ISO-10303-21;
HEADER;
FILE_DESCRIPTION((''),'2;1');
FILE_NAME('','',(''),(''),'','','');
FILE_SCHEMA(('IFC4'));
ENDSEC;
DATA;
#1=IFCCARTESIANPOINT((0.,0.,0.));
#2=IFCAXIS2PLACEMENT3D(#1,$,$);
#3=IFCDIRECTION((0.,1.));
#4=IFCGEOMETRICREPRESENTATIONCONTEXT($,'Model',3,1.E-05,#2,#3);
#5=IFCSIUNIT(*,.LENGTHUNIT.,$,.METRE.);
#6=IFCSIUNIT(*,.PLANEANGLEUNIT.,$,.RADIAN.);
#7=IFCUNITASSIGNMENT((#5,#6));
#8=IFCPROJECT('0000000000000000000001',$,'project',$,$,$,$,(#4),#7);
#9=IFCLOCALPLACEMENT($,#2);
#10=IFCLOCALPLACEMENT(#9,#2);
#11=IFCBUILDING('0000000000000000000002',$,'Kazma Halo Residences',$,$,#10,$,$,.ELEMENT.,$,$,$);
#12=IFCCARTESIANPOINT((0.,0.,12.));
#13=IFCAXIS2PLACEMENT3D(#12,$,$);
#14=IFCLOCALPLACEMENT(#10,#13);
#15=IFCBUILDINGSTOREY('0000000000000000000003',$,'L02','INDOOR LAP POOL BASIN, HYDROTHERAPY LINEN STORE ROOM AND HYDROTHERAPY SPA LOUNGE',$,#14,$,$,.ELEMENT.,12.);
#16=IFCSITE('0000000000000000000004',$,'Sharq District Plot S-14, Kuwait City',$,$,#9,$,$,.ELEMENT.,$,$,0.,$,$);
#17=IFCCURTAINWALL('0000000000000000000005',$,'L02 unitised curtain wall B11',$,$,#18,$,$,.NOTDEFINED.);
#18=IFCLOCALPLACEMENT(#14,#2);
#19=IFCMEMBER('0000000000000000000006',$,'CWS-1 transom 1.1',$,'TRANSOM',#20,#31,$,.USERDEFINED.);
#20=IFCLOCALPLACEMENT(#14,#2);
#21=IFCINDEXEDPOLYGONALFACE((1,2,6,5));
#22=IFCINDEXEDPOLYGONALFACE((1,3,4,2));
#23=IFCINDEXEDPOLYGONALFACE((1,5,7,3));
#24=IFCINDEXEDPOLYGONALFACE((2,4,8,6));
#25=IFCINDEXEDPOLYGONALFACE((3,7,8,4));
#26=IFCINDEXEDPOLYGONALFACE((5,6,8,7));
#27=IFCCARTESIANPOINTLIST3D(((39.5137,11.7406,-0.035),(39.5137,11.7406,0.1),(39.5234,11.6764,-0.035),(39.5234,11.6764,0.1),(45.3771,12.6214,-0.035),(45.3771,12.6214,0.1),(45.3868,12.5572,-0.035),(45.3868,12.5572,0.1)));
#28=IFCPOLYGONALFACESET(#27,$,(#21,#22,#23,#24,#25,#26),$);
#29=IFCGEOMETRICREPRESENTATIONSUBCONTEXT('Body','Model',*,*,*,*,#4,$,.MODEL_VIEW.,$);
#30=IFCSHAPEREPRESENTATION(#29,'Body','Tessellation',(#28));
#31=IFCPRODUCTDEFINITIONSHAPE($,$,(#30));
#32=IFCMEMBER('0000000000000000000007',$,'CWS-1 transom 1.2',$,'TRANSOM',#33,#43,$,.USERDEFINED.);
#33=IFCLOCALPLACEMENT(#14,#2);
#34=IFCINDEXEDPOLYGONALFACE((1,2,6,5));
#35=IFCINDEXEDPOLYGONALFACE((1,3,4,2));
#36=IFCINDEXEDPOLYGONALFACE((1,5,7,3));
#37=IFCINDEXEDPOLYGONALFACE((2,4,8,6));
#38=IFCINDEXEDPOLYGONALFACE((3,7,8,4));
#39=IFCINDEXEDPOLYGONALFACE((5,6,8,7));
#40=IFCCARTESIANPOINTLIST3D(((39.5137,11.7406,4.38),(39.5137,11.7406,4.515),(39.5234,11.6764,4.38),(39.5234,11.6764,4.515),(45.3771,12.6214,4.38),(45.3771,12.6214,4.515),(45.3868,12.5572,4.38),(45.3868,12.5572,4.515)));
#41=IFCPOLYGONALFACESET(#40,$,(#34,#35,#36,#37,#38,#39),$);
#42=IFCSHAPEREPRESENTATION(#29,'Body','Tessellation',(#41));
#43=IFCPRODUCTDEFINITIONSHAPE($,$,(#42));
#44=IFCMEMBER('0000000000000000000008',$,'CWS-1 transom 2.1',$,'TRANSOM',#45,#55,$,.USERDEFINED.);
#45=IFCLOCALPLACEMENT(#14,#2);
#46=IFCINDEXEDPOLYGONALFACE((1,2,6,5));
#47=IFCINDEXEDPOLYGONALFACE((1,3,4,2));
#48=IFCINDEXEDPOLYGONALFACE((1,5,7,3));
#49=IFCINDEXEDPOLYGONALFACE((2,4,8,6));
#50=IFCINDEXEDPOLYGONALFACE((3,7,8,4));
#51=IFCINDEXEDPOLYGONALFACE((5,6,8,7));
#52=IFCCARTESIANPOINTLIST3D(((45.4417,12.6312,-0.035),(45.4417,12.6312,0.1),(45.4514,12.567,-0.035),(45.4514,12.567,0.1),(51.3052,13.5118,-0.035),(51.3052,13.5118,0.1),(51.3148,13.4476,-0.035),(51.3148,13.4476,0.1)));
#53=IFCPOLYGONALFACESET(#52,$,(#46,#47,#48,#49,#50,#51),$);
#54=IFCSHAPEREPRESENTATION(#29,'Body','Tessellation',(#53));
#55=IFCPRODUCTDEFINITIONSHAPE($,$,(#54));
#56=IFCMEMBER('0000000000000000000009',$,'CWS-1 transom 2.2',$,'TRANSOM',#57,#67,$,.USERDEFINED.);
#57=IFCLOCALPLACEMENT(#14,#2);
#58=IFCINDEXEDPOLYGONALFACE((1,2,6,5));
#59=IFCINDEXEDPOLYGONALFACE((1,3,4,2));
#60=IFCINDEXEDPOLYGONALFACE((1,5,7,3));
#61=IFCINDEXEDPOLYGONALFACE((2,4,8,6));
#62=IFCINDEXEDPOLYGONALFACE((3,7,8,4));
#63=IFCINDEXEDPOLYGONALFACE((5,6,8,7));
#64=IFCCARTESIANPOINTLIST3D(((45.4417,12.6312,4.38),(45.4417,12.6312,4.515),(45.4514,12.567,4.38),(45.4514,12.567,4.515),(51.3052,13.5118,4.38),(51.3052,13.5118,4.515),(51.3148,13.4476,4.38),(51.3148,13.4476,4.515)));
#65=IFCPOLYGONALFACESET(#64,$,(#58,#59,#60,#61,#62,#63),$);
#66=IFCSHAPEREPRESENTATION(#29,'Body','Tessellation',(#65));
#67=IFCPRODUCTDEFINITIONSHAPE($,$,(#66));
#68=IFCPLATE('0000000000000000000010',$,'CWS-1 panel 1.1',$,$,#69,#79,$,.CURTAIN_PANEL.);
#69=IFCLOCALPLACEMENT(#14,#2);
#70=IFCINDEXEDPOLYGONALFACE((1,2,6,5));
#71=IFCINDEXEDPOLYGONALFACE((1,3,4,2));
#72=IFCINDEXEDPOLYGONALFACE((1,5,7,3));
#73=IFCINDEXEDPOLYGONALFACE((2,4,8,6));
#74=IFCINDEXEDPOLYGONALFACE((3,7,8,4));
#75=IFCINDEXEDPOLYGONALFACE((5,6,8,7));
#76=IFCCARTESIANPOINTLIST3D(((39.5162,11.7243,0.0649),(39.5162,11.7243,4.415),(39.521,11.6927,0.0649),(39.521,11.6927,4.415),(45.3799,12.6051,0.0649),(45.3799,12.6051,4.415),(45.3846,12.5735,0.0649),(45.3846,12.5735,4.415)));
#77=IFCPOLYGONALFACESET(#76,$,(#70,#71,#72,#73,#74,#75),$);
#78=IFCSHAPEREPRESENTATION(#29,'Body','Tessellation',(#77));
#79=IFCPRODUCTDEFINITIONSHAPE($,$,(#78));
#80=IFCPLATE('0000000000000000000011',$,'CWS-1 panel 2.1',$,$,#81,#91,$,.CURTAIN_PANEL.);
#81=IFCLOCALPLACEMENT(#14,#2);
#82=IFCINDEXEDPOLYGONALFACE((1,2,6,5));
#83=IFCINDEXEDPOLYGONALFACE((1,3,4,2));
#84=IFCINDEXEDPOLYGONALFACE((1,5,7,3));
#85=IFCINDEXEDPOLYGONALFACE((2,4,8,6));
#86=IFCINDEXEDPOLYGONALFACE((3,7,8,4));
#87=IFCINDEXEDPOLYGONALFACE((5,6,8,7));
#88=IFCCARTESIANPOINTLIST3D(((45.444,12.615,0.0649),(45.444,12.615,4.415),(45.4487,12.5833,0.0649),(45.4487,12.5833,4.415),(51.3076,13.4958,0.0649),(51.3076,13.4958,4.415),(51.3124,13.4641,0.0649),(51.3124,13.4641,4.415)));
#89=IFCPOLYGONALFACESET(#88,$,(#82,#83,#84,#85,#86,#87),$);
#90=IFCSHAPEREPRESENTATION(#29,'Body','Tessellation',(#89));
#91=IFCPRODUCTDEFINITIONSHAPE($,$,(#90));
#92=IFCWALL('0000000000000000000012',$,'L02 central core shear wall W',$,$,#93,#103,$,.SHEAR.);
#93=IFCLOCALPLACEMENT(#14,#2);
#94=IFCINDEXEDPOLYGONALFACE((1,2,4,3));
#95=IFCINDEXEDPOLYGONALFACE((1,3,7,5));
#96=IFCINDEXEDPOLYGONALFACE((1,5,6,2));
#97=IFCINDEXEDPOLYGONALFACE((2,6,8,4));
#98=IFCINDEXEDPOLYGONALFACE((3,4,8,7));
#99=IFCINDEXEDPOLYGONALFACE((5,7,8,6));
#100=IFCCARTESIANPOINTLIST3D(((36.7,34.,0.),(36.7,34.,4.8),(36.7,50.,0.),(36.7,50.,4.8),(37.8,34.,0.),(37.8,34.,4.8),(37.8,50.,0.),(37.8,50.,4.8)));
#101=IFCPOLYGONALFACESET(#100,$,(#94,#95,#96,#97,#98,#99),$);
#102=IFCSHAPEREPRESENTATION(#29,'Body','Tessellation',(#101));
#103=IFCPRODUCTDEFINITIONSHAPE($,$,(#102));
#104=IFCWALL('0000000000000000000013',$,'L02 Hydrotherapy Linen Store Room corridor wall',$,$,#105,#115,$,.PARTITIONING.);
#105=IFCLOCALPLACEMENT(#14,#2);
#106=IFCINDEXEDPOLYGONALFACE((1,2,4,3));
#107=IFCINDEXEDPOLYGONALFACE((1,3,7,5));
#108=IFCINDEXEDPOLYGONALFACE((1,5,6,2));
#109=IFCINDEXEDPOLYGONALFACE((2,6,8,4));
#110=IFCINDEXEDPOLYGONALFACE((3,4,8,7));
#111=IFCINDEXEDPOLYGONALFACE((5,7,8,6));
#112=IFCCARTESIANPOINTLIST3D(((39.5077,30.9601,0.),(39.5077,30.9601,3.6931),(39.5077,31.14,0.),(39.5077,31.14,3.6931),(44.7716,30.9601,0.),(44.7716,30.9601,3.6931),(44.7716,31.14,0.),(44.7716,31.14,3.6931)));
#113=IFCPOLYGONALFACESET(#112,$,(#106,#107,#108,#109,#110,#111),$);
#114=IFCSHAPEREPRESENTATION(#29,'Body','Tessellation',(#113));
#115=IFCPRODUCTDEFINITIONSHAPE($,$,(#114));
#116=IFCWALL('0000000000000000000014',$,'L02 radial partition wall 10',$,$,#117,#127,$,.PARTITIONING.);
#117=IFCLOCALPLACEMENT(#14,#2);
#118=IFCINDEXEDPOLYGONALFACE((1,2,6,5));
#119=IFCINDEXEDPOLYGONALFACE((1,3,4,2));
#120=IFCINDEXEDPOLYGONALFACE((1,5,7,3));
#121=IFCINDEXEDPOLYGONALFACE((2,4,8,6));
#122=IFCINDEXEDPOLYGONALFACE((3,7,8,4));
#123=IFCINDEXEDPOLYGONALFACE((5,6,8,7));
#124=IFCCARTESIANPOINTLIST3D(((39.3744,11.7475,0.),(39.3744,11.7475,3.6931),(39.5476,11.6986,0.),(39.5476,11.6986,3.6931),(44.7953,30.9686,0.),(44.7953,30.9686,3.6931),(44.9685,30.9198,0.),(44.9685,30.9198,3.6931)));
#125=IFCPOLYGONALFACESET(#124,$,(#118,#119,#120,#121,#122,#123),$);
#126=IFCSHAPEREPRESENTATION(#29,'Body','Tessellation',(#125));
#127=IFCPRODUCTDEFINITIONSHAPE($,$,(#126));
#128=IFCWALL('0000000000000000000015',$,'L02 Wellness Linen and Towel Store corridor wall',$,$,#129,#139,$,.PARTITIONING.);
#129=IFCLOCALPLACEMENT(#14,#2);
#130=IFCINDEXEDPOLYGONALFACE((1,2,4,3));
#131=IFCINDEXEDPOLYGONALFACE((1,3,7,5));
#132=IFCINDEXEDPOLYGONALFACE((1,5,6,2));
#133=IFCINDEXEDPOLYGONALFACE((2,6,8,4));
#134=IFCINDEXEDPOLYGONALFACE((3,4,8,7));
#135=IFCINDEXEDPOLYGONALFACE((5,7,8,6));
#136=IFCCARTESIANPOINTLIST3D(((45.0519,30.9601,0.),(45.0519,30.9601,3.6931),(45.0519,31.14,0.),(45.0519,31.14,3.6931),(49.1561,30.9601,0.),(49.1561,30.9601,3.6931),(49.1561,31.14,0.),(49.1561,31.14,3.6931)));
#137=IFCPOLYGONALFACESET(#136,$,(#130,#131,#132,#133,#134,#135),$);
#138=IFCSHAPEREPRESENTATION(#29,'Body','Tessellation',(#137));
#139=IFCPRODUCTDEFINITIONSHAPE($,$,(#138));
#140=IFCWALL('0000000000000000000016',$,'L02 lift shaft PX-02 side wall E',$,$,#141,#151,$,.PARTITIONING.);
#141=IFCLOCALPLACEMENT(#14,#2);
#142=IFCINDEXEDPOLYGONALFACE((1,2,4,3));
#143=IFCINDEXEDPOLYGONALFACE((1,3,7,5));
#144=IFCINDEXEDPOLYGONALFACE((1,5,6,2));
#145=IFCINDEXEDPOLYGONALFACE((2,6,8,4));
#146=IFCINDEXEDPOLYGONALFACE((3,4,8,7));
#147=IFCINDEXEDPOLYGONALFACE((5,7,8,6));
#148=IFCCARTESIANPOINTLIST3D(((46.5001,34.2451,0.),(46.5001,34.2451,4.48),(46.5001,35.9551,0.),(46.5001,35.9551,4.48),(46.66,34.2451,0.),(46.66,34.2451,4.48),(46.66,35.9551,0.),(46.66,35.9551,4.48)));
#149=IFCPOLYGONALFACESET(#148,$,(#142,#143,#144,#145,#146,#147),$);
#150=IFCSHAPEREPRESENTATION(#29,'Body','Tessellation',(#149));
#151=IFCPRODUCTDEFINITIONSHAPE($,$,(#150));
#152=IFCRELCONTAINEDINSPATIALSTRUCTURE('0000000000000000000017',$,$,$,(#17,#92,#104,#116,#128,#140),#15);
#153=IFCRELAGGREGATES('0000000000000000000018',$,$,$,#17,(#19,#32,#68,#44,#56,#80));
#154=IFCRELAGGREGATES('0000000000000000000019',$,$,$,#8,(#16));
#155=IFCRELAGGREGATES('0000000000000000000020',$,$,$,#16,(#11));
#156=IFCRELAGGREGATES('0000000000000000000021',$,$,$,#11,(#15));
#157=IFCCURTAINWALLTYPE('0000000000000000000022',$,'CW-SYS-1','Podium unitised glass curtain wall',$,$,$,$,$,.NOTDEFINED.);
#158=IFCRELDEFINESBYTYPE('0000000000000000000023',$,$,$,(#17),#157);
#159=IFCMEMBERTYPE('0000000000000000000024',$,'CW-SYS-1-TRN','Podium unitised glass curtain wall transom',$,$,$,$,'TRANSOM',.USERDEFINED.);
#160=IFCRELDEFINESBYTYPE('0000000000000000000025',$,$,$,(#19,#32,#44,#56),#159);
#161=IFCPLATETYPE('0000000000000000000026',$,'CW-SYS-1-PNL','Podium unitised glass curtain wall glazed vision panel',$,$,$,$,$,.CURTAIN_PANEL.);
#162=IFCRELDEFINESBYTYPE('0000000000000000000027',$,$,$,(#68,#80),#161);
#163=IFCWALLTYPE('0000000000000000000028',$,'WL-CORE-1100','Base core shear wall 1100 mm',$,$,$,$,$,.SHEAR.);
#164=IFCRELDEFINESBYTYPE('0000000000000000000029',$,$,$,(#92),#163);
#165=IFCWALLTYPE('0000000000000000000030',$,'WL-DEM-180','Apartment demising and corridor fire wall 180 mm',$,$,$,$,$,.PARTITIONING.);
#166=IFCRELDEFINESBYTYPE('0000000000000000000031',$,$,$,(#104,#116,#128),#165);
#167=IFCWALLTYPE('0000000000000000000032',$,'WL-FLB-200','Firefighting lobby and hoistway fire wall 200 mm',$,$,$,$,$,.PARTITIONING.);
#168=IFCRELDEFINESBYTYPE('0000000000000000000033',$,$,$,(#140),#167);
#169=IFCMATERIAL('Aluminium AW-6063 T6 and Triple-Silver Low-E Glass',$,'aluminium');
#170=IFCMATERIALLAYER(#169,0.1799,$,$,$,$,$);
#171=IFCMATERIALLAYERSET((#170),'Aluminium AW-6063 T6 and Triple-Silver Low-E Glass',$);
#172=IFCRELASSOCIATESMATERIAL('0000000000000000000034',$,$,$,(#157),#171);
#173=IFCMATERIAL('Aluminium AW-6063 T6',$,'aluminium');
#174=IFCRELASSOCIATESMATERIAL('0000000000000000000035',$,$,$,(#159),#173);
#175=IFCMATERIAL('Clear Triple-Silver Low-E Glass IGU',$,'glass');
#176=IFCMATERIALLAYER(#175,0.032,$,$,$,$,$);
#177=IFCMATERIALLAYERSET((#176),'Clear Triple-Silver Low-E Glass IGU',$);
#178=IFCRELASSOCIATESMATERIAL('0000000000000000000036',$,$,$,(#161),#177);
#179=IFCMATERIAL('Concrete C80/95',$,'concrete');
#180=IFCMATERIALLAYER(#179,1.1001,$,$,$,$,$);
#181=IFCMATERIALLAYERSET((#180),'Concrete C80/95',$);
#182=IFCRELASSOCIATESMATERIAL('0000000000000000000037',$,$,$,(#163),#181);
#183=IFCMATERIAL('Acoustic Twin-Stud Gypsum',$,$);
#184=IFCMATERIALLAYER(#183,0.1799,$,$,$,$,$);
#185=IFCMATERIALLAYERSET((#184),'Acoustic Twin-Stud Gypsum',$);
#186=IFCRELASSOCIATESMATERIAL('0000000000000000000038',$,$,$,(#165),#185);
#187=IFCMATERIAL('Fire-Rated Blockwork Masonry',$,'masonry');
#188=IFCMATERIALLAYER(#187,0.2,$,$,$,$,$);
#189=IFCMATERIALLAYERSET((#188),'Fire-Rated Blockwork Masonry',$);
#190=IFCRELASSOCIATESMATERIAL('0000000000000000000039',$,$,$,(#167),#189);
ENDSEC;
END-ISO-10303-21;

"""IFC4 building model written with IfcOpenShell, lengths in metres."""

from ifc_helpers import new_model, si_unit, direction, frame, frame_2d, origin, origin_2d, place, context, subcontext, project, spatial, rectangle, extrude, material, layer, layer_set, material_profile, profile_set, type_object, element, aggregate, save


model = new_model("IFC4")

# Units and contexts
model_context = context("Model", 3, precision=1e-05, world=origin(), true_north=direction((0.0, 1.0)))
body_context = subcontext(model_context, "Body", "Model", "MODEL_VIEW")
ifc_project = project(units=[si_unit("LENGTHUNIT", "METRE"), si_unit("PLANEANGLEUNIT", "RADIAN")], contexts=[model_context])

# Site, building, storey
site_placement = place(None, origin())
site = spatial("IfcSite", under=ifc_project, at=site_placement, Name="Sharq District Plot S-14, Kuwait City", CompositionType="ELEMENT", RefElevation=0.0)
building_placement = place(site_placement, origin())
building = spatial("IfcBuilding", under=site, at=building_placement, Name="Kazma Halo Residences", CompositionType="ELEMENT")
storey_placement = place(building_placement, frame((0.0, 0.0, 12.0)))
storey = spatial("IfcBuildingStorey", under=building, at=storey_placement, Name="L02", Description="INDOOR LAP POOL BASIN, HYDROTHERAPY LINEN STORE ROOM AND HYDROTHERAPY SPA LOUNGE", CompositionType="ELEMENT", Elevation=12.0)

# Shared definitions
ifc_material_1 = material(Name="Concrete C80/95", Category="concrete")

# Shared definitions
ifc_material_2 = material(Name="Aluminium AW-6063 T6 and Triple-Silver Low-E Glass", Category="aluminium")
ifc_layer_1 = layer(ifc_material_2, 0.1799)
ifc_layer_set_1 = layer_set([ifc_layer_1], Name="Aluminium AW-6063 T6 and Triple-Silver Low-E Glass")
curtain_wall_type = type_object("IfcCurtainWallType", Name="CW-SYS-1", Description="Podium unitised glass curtain wall", PredefinedType="NOTDEFINED", material=ifc_layer_set_1)
ifc_material_3 = material(Name="Aluminium AW-6063 T6", Category="aluminium")

# Curtain wall, members, plates
curtain_wall_1_placement = place(storey_placement, origin())
curtain_wall_1 = element("IfcCurtainWall", 1, at=curtain_wall_1_placement, inside=storey, type_object=curtain_wall_type, Name="L02 unitised curtain wall B11", PredefinedType="NOTDEFINED")
ifc_material_profile_1 = material_profile(ifc_material_3, rectangle(XDim=0.0649, YDim=0.135, at=origin_2d()), Name="CWT-65x135")
ifc_profile_set_1 = profile_set([ifc_material_profile_1], Name="Aluminium AW-6063 T6")
member_type_1 = type_object("IfcMemberType", Name="CW-SYS-1-TRN", Description="Podium unitised glass curtain wall transom", ElementType="TRANSOM", PredefinedType="USERDEFINED", material=ifc_profile_set_1)
member_1_placement = place(storey_placement, frame((39.5186, 11.7085, 0.0325), z_axis=(0.988903, 0.14856, 0.0), x_axis=(-0.14856, 0.988903, 0.0)))
member_1 = element("IfcMember", 2, at=member_1_placement, type_object=member_type_1, Name="CWS-1 transom 1.1", ObjectType="TRANSOM", PredefinedType="USERDEFINED", context=body_context, shape_type="SweptSolid", body=[
    extrude(rectangle(XDim=0.0649, YDim=0.135, at=origin_2d()), origin(), (0.0, 0.0, 1.0), 5.9292),
])
member_2_placement = place(storey_placement, frame((39.5186, 11.7085, 4.4475), z_axis=(0.988903, 0.14856, 0.0), x_axis=(-0.14856, 0.988903, 0.0)))
member_2 = element("IfcMember", 3, at=member_2_placement, type_object=member_type_1, Name="CWS-1 transom 1.2", ObjectType="TRANSOM", PredefinedType="USERDEFINED", context=body_context, shape_type="SweptSolid", body=[
    extrude(rectangle(XDim=0.0649, YDim=0.135, at=origin_2d()), origin(), (0.0, 0.0, 1.0), 5.9292),
])
member_3_placement = place(storey_placement, frame((45.4465, 12.5991, 0.0325), z_axis=(0.988909, 0.14852, 0.0), x_axis=(-0.14852, 0.988909, 0.0)))
member_3 = element("IfcMember", 4, at=member_3_placement, type_object=member_type_1, Name="CWS-1 transom 2.1", ObjectType="TRANSOM", PredefinedType="USERDEFINED", context=body_context, shape_type="SweptSolid", body=[
    extrude(rectangle(XDim=0.0649, YDim=0.135, at=origin_2d()), origin(), (0.0, 0.0, 1.0), 5.9292),
])
member_4_placement = place(storey_placement, frame((45.4465, 12.5991, 4.4475), z_axis=(0.988909, 0.14852, 0.0), x_axis=(-0.14852, 0.988909, 0.0)))
member_4 = element("IfcMember", 5, at=member_4_placement, type_object=member_type_1, Name="CWS-1 transom 2.2", ObjectType="TRANSOM", PredefinedType="USERDEFINED", context=body_context, shape_type="SweptSolid", body=[
    extrude(rectangle(XDim=0.0649, YDim=0.135, at=origin_2d()), origin(), (0.0, 0.0, 1.0), 5.9292),
])
ifc_material_4 = material(Name="Clear Triple-Silver Low-E Glass IGU", Category="glass")
ifc_layer_2 = layer(ifc_material_4, 0.032)
ifc_layer_set_2 = layer_set([ifc_layer_2], Name="Clear Triple-Silver Low-E Glass IGU")
plate_type = type_object("IfcPlateType", Name="CW-SYS-1-PNL", Description="Podium unitised glass curtain wall glazed vision panel", PredefinedType="CURTAIN_PANEL", material=ifc_layer_set_2)
plate_1_placement = place(storey_placement, frame((42.4504, 12.1489, 0.0649), z_axis=(0.0, 0.0, 1.0), x_axis=(0.988905, 0.148549, 0.0)))
plate_1 = element("IfcPlate", 6, at=plate_1_placement, type_object=plate_type, Name="CWS-1 panel 1.1", PredefinedType="CURTAIN_PANEL", context=body_context, shape_type="SweptSolid", body=[
    extrude(rectangle(XDim=5.9294, YDim=0.032, at=origin_2d()), origin(), (0.0, 0.0, 1.0), 4.3501),
])
plate_2_placement = place(storey_placement, frame((48.3782, 13.0396, 0.0649), z_axis=(0.0, 0.0, 1.0), x_axis=(0.988905, 0.148549, 0.0)))
plate_2 = element("IfcPlate", 7, at=plate_2_placement, type_object=plate_type, Name="CWS-1 panel 2.1", PredefinedType="CURTAIN_PANEL", context=body_context, shape_type="SweptSolid", body=[
    extrude(rectangle(XDim=5.9294, YDim=0.032, at=origin_2d()), origin(), (0.0, 0.0, 1.0), 4.3501),
])
aggregate(curtain_wall_1, [member_1, member_2, plate_1, member_3, member_4, plate_2])

# Walls
ifc_layer_3 = layer(ifc_material_1, 1.1001)
ifc_layer_set_3 = layer_set([ifc_layer_3], Name="Concrete C80/95")
wall_type_1 = type_object("IfcWallType", Name="WL-CORE-1100", Description="Base core shear wall 1100 mm", PredefinedType="SHEAR", material=ifc_layer_set_3)
wall_1_placement = place(storey_placement, frame((37.25, 34.0, 0.0), z_axis=(0.0, 0.0, 1.0), x_axis=(0.0, 1.0, 0.0)))
element("IfcWall", 8, at=wall_1_placement, inside=storey, type_object=wall_type_1, Name="L02 central core shear wall W", PredefinedType="SHEAR", context=body_context, shape_type="SweptSolid", body=[
    extrude(rectangle(XDim=16.0, YDim=1.1001, at=frame_2d((8.0, 0.0))), origin(), (0.0, 0.0, 1.0), 4.8),
])
ifc_material_5 = material(Name="Acoustic Twin-Stud Gypsum")
ifc_layer_4 = layer(ifc_material_5, 0.1799)
ifc_layer_set_4 = layer_set([ifc_layer_4], Name="Acoustic Twin-Stud Gypsum")
wall_type_2 = type_object("IfcWallType", Name="WL-DEM-180", Description="Apartment demising and corridor fire wall 180 mm", PredefinedType="PARTITIONING", material=ifc_layer_set_4)
wall_2_placement = place(storey_placement, frame((39.5078, 31.05, 0.0), z_axis=(0.0, 0.0, 1.0), x_axis=(1.0, 0.0, 0.0)))
element("IfcWall", 9, at=wall_2_placement, inside=storey, type_object=wall_type_2, Name="L02 Hydrotherapy Linen Store Room corridor wall", PredefinedType="PARTITIONING", context=body_context, shape_type="SweptSolid", body=[
    extrude(rectangle(XDim=5.2639, YDim=0.1799, at=frame_2d((2.6318, 0.0))), origin(), (0.0, 0.0, 1.0), 3.6931),
])
wall_3_placement = place(storey_placement, frame((44.8818, 30.9441, 0.0), z_axis=(0.0, 0.0, 1.0), x_axis=(-0.271439, -0.962456, 0.0)))
element("IfcWall", 10, at=wall_3_placement, inside=storey, type_object=wall_type_2, Name="L02 radial partition wall 10", PredefinedType="PARTITIONING", context=body_context, shape_type="SweptSolid", body=[
    extrude(rectangle(XDim=19.9709, YDim=0.1799, at=frame_2d((9.9854, 0.0))), origin(), (0.0, 0.0, 1.0), 3.6931),
])
wall_4_placement = place(storey_placement, frame((45.0518, 31.05, 0.0), z_axis=(0.0, 0.0, 1.0), x_axis=(1.0, 0.0, 0.0)))
element("IfcWall", 11, at=wall_4_placement, inside=storey, type_object=wall_type_2, Name="L02 Wellness Linen and Towel Store corridor wall", PredefinedType="PARTITIONING", context=body_context, shape_type="SweptSolid", body=[
    extrude(rectangle(XDim=4.1042, YDim=0.1799, at=frame_2d((2.0522, 0.0))), origin(), (0.0, 0.0, 1.0), 3.6931),
])
ifc_material_6 = material(Name="Fire-Rated Blockwork Masonry", Category="masonry")
ifc_layer_5 = layer(ifc_material_6, 0.2)
ifc_layer_set_5 = layer_set([ifc_layer_5], Name="Fire-Rated Blockwork Masonry")
wall_type_3 = type_object("IfcWallType", Name="WL-FLB-200", Description="Firefighting lobby and hoistway fire wall 200 mm", PredefinedType="PARTITIONING", material=ifc_layer_set_5)
wall_5_placement = place(storey_placement, frame((46.5801, 34.2451, 0.0), z_axis=(0.0, 0.0, 1.0), x_axis=(0.0, 1.0, 0.0)))
element("IfcWall", 12, at=wall_5_placement, inside=storey, type_object=wall_type_3, Name="L02 lift shaft PX-02 side wall E", PredefinedType="PARTITIONING", context=body_context, shape_type="SweptSolid", body=[
    extrude(rectangle(XDim=1.71, YDim=0.1599, at=frame_2d((0.855, 0.0))), origin(), (0.0, 0.0, 1.0), 4.48),
])

save(model, "model.ifc")
